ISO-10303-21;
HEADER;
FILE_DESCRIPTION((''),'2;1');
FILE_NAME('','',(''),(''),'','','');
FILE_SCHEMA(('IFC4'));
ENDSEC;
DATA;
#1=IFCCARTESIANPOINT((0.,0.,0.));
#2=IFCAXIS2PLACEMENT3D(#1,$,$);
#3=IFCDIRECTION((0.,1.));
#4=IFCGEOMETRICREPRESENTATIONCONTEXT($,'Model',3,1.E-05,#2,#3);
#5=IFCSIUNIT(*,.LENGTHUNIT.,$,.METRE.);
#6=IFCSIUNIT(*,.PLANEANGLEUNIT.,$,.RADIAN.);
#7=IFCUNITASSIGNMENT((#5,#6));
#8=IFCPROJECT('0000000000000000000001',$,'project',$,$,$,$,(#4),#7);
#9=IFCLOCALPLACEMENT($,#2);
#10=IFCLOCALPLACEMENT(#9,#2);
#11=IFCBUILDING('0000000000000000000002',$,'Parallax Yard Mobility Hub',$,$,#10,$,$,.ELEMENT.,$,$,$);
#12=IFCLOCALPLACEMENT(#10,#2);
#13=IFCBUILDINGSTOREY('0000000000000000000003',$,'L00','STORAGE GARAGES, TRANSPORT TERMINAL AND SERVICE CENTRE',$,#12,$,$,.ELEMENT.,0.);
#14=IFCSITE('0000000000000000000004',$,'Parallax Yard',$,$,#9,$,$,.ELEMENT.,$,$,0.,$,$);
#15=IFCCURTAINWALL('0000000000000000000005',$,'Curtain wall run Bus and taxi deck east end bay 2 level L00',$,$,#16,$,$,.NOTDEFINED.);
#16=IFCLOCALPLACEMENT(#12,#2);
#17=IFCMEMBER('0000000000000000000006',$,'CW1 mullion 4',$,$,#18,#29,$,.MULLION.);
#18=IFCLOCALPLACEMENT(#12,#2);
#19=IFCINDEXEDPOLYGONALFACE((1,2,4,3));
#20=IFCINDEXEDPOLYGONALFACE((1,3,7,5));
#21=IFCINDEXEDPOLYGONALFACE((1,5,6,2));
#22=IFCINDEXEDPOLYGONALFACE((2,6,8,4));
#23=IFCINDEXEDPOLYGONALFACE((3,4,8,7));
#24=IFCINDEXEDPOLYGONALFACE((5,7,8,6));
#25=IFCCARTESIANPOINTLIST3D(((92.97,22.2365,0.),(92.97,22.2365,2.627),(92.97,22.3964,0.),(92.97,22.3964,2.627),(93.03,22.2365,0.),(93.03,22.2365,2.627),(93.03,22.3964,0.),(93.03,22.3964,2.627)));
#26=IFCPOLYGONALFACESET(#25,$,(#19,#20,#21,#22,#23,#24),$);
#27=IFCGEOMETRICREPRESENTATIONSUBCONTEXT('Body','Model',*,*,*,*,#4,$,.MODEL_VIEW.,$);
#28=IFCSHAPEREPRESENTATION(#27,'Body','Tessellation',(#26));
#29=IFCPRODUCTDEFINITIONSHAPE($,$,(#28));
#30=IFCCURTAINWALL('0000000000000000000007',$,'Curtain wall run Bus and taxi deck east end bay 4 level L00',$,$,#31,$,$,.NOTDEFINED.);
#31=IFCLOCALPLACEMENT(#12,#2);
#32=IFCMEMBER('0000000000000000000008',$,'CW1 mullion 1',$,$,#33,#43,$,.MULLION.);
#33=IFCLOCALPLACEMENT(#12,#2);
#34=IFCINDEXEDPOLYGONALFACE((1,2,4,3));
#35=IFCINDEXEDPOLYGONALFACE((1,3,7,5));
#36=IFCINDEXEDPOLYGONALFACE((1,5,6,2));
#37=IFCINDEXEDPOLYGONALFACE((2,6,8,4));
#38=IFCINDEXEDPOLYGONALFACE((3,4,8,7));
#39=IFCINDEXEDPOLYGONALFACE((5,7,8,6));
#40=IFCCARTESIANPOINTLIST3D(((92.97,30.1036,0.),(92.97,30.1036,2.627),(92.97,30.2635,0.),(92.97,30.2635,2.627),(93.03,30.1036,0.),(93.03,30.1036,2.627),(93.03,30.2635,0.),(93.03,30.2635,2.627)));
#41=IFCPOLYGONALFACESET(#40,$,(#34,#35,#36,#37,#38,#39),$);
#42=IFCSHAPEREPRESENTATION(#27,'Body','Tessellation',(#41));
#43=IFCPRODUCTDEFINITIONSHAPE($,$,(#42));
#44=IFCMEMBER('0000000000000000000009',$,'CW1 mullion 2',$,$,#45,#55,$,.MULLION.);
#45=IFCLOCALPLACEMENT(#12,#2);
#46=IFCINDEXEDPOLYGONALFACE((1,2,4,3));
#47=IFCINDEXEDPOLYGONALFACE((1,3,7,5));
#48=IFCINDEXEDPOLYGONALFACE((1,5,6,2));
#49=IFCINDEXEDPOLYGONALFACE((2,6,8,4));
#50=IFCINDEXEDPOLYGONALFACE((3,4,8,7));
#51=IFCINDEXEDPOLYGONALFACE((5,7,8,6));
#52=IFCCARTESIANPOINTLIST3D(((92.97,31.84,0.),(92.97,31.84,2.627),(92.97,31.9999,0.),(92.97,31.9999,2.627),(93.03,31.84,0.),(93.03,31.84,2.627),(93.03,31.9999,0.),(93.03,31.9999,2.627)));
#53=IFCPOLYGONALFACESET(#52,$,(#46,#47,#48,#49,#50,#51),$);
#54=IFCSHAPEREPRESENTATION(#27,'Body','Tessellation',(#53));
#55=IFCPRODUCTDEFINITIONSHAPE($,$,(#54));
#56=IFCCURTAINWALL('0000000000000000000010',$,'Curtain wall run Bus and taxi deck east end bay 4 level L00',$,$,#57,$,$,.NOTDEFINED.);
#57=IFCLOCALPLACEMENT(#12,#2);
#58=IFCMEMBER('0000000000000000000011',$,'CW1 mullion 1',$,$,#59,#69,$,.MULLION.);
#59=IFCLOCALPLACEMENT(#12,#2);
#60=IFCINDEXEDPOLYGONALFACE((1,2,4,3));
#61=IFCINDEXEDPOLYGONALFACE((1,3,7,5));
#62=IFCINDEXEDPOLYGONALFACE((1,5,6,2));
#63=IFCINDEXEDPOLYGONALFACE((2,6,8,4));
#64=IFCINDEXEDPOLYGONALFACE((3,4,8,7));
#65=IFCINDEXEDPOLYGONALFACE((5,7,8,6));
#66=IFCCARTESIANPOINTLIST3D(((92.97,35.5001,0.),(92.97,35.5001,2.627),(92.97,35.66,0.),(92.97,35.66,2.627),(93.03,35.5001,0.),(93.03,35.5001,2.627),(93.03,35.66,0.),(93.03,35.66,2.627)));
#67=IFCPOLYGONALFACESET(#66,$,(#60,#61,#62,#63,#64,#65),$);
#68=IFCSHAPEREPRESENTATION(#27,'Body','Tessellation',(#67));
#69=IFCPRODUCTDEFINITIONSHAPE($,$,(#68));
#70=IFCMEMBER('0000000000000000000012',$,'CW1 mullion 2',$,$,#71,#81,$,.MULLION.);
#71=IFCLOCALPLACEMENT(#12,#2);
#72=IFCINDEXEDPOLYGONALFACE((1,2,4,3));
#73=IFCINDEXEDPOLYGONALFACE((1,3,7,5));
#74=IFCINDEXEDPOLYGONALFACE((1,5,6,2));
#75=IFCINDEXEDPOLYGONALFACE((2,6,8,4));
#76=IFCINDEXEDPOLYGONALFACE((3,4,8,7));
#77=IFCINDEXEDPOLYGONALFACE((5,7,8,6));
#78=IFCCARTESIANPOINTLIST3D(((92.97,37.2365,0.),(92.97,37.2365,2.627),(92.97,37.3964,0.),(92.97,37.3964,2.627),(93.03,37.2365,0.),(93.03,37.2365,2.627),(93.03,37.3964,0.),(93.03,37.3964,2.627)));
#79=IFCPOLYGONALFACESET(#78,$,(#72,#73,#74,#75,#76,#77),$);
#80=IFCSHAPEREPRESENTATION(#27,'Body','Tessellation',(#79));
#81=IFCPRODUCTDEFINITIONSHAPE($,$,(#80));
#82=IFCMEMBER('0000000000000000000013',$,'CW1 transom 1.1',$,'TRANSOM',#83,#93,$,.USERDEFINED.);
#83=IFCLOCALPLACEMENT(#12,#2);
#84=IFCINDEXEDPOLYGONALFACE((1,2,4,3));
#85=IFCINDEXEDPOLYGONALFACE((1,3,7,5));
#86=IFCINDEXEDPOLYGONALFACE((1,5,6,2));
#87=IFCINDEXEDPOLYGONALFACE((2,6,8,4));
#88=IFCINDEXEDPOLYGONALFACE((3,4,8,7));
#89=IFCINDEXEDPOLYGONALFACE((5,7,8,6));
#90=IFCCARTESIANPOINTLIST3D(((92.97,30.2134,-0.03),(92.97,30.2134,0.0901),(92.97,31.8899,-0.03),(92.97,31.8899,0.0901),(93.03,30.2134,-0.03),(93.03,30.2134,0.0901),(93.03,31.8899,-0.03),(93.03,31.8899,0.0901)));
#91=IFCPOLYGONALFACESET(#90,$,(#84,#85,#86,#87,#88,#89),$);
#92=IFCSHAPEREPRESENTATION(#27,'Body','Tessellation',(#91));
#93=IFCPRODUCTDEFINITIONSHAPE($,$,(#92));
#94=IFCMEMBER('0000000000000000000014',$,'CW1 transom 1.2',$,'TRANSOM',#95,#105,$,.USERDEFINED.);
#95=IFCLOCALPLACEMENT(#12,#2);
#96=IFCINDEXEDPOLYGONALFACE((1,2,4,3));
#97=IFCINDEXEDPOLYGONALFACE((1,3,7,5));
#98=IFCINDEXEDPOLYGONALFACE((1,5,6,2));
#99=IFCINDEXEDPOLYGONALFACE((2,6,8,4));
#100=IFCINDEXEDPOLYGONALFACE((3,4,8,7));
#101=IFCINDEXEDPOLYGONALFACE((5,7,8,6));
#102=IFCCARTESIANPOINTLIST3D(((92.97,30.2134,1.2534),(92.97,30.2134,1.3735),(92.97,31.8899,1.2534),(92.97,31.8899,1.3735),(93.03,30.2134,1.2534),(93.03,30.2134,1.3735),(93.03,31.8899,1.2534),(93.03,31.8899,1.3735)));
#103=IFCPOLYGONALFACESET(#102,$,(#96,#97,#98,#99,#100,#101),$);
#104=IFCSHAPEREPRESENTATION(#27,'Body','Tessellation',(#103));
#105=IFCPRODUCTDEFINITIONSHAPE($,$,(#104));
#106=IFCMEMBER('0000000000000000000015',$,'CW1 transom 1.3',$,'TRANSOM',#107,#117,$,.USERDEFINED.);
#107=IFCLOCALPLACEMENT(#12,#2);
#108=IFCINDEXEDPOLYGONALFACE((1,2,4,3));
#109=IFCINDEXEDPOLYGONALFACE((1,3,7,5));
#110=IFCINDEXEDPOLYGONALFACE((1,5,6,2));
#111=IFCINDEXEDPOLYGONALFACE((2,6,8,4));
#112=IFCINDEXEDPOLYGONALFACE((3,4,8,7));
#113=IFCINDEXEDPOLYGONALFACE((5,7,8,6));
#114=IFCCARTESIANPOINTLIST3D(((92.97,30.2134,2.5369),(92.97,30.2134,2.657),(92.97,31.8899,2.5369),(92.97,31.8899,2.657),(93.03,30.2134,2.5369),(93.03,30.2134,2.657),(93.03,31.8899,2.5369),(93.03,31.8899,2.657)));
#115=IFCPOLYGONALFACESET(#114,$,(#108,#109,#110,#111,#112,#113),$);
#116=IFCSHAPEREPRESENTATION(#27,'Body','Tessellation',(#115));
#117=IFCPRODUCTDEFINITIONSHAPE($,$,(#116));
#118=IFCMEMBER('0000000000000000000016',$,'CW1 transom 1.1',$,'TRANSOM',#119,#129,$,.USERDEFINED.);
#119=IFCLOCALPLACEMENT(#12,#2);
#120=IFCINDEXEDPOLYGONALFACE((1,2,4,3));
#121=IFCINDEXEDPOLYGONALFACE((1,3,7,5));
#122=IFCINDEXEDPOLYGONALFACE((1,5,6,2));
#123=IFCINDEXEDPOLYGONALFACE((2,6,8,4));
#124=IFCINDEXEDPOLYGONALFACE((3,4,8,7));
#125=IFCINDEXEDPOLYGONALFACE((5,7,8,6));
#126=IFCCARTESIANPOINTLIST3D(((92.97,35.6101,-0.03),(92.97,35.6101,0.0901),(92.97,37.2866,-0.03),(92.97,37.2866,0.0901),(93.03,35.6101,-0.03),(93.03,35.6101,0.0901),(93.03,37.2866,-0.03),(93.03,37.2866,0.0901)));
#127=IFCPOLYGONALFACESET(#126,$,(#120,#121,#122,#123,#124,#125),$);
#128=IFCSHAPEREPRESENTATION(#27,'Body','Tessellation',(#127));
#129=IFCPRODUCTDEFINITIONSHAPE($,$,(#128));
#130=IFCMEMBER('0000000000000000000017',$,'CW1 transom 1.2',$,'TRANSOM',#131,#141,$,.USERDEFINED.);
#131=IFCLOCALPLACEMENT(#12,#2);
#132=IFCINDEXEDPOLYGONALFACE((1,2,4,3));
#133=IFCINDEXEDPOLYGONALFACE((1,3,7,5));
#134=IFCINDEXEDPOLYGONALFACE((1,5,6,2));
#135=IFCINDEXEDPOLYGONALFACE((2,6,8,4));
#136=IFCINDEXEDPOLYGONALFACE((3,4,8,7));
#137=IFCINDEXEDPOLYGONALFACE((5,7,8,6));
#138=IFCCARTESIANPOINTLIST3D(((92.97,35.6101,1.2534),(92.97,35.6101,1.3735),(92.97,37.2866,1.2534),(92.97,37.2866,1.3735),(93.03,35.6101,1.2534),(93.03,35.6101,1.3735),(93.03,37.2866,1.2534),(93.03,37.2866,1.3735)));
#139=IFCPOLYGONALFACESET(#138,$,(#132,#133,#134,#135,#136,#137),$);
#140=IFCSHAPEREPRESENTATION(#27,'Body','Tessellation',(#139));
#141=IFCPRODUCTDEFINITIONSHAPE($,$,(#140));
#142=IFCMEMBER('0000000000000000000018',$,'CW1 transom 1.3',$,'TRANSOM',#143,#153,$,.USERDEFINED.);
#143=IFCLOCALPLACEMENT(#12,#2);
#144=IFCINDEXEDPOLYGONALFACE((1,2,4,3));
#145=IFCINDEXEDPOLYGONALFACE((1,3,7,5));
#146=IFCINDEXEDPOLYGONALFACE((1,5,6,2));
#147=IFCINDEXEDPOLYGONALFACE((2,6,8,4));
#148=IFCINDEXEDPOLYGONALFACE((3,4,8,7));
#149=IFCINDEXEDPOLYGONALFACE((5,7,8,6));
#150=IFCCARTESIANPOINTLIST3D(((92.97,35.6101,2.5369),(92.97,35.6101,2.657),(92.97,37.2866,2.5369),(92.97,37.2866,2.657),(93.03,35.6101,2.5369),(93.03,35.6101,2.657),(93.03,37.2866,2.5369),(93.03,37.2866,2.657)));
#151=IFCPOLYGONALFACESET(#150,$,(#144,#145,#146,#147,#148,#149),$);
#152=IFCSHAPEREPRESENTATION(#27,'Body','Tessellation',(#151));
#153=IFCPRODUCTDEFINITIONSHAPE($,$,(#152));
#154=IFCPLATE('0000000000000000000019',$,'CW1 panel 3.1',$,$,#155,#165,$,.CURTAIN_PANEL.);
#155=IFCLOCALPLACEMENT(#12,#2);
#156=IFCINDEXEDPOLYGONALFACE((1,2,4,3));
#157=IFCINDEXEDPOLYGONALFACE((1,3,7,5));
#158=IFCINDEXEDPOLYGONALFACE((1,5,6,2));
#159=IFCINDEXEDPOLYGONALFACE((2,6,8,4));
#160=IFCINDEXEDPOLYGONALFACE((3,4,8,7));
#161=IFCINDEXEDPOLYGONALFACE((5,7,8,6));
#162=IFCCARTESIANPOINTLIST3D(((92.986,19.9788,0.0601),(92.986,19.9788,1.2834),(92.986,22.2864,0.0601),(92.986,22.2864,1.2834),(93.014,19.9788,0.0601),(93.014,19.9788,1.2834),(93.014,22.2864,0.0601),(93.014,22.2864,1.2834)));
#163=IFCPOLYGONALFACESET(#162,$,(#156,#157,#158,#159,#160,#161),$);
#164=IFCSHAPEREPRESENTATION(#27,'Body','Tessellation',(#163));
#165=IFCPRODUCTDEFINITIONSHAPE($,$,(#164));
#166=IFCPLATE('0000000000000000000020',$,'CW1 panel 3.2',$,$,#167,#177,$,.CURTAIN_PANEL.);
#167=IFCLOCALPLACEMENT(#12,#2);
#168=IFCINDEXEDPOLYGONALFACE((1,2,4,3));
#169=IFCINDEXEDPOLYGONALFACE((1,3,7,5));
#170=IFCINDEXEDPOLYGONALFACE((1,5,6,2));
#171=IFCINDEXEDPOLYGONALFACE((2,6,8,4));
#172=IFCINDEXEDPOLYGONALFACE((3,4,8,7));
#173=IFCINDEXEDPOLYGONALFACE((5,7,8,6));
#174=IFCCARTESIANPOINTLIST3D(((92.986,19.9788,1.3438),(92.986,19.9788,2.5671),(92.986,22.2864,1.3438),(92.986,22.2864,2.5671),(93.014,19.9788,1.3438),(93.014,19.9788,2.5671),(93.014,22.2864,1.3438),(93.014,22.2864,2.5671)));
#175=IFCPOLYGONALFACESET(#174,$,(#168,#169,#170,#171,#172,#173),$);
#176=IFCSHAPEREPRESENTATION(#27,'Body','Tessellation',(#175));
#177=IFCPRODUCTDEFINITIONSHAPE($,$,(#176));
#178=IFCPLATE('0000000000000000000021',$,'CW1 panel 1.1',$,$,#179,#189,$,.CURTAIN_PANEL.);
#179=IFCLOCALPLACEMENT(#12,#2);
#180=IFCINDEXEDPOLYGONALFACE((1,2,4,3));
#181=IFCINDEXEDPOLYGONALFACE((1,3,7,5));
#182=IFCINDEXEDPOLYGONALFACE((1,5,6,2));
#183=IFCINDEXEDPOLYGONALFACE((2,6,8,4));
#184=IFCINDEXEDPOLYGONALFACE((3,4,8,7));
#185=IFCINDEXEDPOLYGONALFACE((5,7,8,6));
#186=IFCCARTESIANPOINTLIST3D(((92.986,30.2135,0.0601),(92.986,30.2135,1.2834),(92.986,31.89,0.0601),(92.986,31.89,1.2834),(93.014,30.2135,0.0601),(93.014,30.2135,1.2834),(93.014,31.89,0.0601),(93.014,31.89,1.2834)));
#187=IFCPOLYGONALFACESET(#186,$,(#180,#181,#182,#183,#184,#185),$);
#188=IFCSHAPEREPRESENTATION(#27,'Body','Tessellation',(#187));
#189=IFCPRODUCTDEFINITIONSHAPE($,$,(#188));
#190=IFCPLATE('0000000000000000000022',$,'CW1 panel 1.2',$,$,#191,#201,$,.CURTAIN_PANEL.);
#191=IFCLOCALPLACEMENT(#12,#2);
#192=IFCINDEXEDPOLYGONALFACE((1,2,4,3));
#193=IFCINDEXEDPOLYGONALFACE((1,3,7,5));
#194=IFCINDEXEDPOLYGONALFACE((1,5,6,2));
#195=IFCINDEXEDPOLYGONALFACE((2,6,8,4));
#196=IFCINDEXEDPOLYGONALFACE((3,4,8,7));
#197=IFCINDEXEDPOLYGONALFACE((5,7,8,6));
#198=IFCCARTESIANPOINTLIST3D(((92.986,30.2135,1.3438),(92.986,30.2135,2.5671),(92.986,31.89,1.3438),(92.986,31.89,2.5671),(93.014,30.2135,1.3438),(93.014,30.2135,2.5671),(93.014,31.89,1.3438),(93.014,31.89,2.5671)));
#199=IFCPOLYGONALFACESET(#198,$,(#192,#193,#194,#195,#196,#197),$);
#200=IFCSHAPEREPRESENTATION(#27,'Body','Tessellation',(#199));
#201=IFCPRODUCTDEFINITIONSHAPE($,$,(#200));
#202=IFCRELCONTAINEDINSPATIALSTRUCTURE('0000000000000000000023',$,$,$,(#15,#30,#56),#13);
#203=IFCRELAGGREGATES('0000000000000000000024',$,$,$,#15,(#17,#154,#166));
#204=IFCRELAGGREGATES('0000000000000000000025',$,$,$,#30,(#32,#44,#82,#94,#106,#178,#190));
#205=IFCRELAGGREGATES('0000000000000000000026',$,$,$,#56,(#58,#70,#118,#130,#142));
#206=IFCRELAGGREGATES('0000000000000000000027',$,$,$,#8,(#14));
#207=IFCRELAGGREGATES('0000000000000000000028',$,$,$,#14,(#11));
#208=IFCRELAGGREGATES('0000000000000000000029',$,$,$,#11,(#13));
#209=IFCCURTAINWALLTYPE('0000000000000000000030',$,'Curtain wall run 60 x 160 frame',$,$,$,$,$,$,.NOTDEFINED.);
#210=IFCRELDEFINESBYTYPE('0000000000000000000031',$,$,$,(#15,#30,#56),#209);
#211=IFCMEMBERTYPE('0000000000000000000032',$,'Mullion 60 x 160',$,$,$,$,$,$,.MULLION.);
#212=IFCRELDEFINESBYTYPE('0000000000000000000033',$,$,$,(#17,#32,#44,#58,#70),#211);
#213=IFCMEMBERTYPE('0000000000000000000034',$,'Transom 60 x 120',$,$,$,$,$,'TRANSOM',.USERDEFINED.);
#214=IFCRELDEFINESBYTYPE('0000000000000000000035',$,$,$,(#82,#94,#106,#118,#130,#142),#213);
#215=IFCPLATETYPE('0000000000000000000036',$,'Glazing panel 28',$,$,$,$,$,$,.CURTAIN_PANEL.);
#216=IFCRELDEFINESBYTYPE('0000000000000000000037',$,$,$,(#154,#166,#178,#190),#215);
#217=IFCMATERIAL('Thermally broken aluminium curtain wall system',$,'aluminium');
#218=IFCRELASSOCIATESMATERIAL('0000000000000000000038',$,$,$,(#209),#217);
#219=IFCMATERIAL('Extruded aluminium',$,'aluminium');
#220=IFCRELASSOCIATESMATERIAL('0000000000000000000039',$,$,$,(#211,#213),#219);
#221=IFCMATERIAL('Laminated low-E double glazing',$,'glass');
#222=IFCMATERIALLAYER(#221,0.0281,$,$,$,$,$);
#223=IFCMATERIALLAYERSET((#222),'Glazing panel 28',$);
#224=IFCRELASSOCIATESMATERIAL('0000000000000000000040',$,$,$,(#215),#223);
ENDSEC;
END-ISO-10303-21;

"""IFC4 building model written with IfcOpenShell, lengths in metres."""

from ifc_helpers import new_model, si_unit, direction, frame, origin, origin_2d, place, context, subcontext, project, spatial, rectangle, extrude, material, layer, layer_set, material_profile, profile_set, type_object, element, aggregate, save


model = new_model("IFC4")

# Units and contexts
model_context = context("Model", 3, precision=1e-05, world=origin(), true_north=direction((0.0, 1.0)))
body_context = subcontext(model_context, "Body", "Model", "MODEL_VIEW")
ifc_project = project(units=[si_unit("LENGTHUNIT", "METRE"), si_unit("PLANEANGLEUNIT", "RADIAN")], contexts=[model_context])

# Site, building, storey
site_placement = place(None, origin())
site = spatial("IfcSite", under=ifc_project, at=site_placement, Name="Parallax Yard", CompositionType="ELEMENT", RefElevation=0.0)
building_placement = place(site_placement, origin())
building = spatial("IfcBuilding", under=site, at=building_placement, Name="Parallax Yard Mobility Hub", CompositionType="ELEMENT")
storey_placement = place(building_placement, origin())
storey = spatial("IfcBuildingStorey", under=building, at=storey_placement, Name="L00", Description="STORAGE GARAGES, TRANSPORT TERMINAL AND SERVICE CENTRE", CompositionType="ELEMENT", Elevation=0.0)

# Curtain wall, member
ifc_material_1 = material(Name="Thermally broken aluminium curtain wall system", Category="aluminium")
curtain_wall_type = type_object("IfcCurtainWallType", Name="Curtain wall run 60 x 160 frame", PredefinedType="NOTDEFINED", material=ifc_material_1)
curtain_wall_1_placement = place(storey_placement, origin())
curtain_wall_1 = element("IfcCurtainWall", 1, at=curtain_wall_1_placement, inside=storey, type_object=curtain_wall_type, Name="Curtain wall run Bus and taxi deck east end bay 2 level L00", PredefinedType="NOTDEFINED")
ifc_material_2 = material(Name="Extruded aluminium", Category="aluminium")
ifc_material_profile_1 = material_profile(ifc_material_2, rectangle(XDim=0.0601, YDim=0.1599, at=origin_2d()), Name="Mullion 60 x 160")
ifc_profile_set_1 = profile_set([ifc_material_profile_1], Name="Extruded aluminium")
member_type_1 = type_object("IfcMemberType", Name="Mullion 60 x 160", PredefinedType="MULLION", material=ifc_profile_set_1)
member_1_placement = place(storey_placement, frame((93.0, 22.3164, 0.0), z_axis=(0.0, 0.0, 1.0), x_axis=(-1.0, 0.0, 0.0)))
member_1 = element("IfcMember", 2, at=member_1_placement, type_object=member_type_1, Name="CW1 mullion 4", PredefinedType="MULLION", context=body_context, shape_type="SweptSolid", body=[
    extrude(rectangle(XDim=0.0601, YDim=0.1599, at=origin_2d()), origin(), (0.0, 0.0, 1.0), 2.627),
])

# Curtain walls, members
curtain_wall_2_placement = place(storey_placement, origin())
curtain_wall_2 = element("IfcCurtainWall", 3, at=curtain_wall_2_placement, inside=storey, type_object=curtain_wall_type, Name="Curtain wall run Bus and taxi deck east end bay 4 level L00", PredefinedType="NOTDEFINED")
member_2_placement = place(storey_placement, frame((93.0, 30.1836, 0.0), z_axis=(0.0, 0.0, 1.0), x_axis=(-1.0, 0.0, 0.0)))
member_2 = element("IfcMember", 4, at=member_2_placement, type_object=member_type_1, Name="CW1 mullion 1", PredefinedType="MULLION", context=body_context, shape_type="SweptSolid", body=[
    extrude(rectangle(XDim=0.0601, YDim=0.1599, at=origin_2d()), origin(), (0.0, 0.0, 1.0), 2.627),
])
member_3_placement = place(storey_placement, frame((93.0, 31.9199, 0.0), z_axis=(0.0, 0.0, 1.0), x_axis=(-1.0, 0.0, 0.0)))
member_3 = element("IfcMember", 5, at=member_3_placement, type_object=member_type_1, Name="CW1 mullion 2", PredefinedType="MULLION", context=body_context, shape_type="SweptSolid", body=[
    extrude(rectangle(XDim=0.0601, YDim=0.1599, at=origin_2d()), origin(), (0.0, 0.0, 1.0), 2.627),
])
curtain_wall_3_placement = place(storey_placement, origin())
curtain_wall_3 = element("IfcCurtainWall", 6, at=curtain_wall_3_placement, inside=storey, type_object=curtain_wall_type, Name="Curtain wall run Bus and taxi deck east end bay 4 level L00", PredefinedType="NOTDEFINED")
member_4_placement = place(storey_placement, frame((93.0, 35.5801, 0.0), z_axis=(0.0, 0.0, 1.0), x_axis=(-1.0, 0.0, 0.0)))
member_4 = element("IfcMember", 7, at=member_4_placement, type_object=member_type_1, Name="CW1 mullion 1", PredefinedType="MULLION", context=body_context, shape_type="SweptSolid", body=[
    extrude(rectangle(XDim=0.0601, YDim=0.1599, at=origin_2d()), origin(), (0.0, 0.0, 1.0), 2.627),
])
member_5_placement = place(storey_placement, frame((93.0, 37.3164, 0.0), z_axis=(0.0, 0.0, 1.0), x_axis=(-1.0, 0.0, 0.0)))
member_5 = element("IfcMember", 8, at=member_5_placement, type_object=member_type_1, Name="CW1 mullion 2", PredefinedType="MULLION", context=body_context, shape_type="SweptSolid", body=[
    extrude(rectangle(XDim=0.0601, YDim=0.1599, at=origin_2d()), origin(), (0.0, 0.0, 1.0), 2.627),
])

# Members
ifc_material_profile_2 = material_profile(ifc_material_2, rectangle(XDim=0.0601, YDim=0.1201, at=origin_2d()), Name="Transom 60 x 120")
ifc_profile_set_2 = profile_set([ifc_material_profile_2], Name="Extruded aluminium")
member_type_2 = type_object("IfcMemberType", Name="Transom 60 x 120", ElementType="TRANSOM", PredefinedType="USERDEFINED", material=ifc_profile_set_2)
member_6_placement = place(storey_placement, frame((93.0, 30.2134, 0.03), z_axis=(0.0, 1.0, 0.0), x_axis=(-1.0, 0.0, 0.0)))
member_6 = element("IfcMember", 9, at=member_6_placement, type_object=member_type_2, Name="CW1 transom 1.1", ObjectType="TRANSOM", PredefinedType="USERDEFINED", context=body_context, shape_type="SweptSolid", body=[
    extrude(rectangle(XDim=0.0601, YDim=0.1201, at=origin_2d()), origin(), (0.0, 0.0, 1.0), 1.6765),
])
member_7_placement = place(storey_placement, frame((93.0, 30.2134, 1.3135), z_axis=(0.0, 1.0, 0.0), x_axis=(-1.0, 0.0, 0.0)))
member_7 = element("IfcMember", 10, at=member_7_placement, type_object=member_type_2, Name="CW1 transom 1.2", ObjectType="TRANSOM", PredefinedType="USERDEFINED", context=body_context, shape_type="SweptSolid", body=[
    extrude(rectangle(XDim=0.0601, YDim=0.1201, at=origin_2d()), origin(), (0.0, 0.0, 1.0), 1.6765),
])
member_8_placement = place(storey_placement, frame((93.0, 30.2134, 2.5969), z_axis=(0.0, 1.0, 0.0), x_axis=(-1.0, 0.0, 0.0)))
member_8 = element("IfcMember", 11, at=member_8_placement, type_object=member_type_2, Name="CW1 transom 1.3", ObjectType="TRANSOM", PredefinedType="USERDEFINED", context=body_context, shape_type="SweptSolid", body=[
    extrude(rectangle(XDim=0.0601, YDim=0.1201, at=origin_2d()), origin(), (0.0, 0.0, 1.0), 1.6765),
])
member_9_placement = place(storey_placement, frame((93.0, 35.6101, 0.03), z_axis=(0.0, 1.0, 0.0), x_axis=(-1.0, 0.0, 0.0)))
member_9 = element("IfcMember", 12, at=member_9_placement, type_object=member_type_2, Name="CW1 transom 1.1", ObjectType="TRANSOM", PredefinedType="USERDEFINED", context=body_context, shape_type="SweptSolid", body=[
    extrude(rectangle(XDim=0.0601, YDim=0.1201, at=origin_2d()), origin(), (0.0, 0.0, 1.0), 1.6765),
])
member_10_placement = place(storey_placement, frame((93.0, 35.6101, 1.3135), z_axis=(0.0, 1.0, 0.0), x_axis=(-1.0, 0.0, 0.0)))
member_10 = element("IfcMember", 13, at=member_10_placement, type_object=member_type_2, Name="CW1 transom 1.2", ObjectType="TRANSOM", PredefinedType="USERDEFINED", context=body_context, shape_type="SweptSolid", body=[
    extrude(rectangle(XDim=0.0601, YDim=0.1201, at=origin_2d()), origin(), (0.0, 0.0, 1.0), 1.6765),
])
member_11_placement = place(storey_placement, frame((93.0, 35.6101, 2.5969), z_axis=(0.0, 1.0, 0.0), x_axis=(-1.0, 0.0, 0.0)))
member_11 = element("IfcMember", 14, at=member_11_placement, type_object=member_type_2, Name="CW1 transom 1.3", ObjectType="TRANSOM", PredefinedType="USERDEFINED", context=body_context, shape_type="SweptSolid", body=[
    extrude(rectangle(XDim=0.0601, YDim=0.1201, at=origin_2d()), origin(), (0.0, 0.0, 1.0), 1.6765),
])

# Plates
ifc_material_3 = material(Name="Laminated low-E double glazing", Category="glass")
ifc_layer_1 = layer(ifc_material_3, 0.0281)
ifc_layer_set_1 = layer_set([ifc_layer_1], Name="Glazing panel 28")
plate_type = type_object("IfcPlateType", Name="Glazing panel 28", PredefinedType="CURTAIN_PANEL", material=ifc_layer_set_1)
plate_1_placement = place(storey_placement, frame((93.0, 21.1326, 0.0601), z_axis=(0.0, 0.0, 1.0), x_axis=(0.0, 1.0, 0.0)))
plate_1 = element("IfcPlate", 15, at=plate_1_placement, type_object=plate_type, Name="CW1 panel 3.1", PredefinedType="CURTAIN_PANEL", context=body_context, shape_type="SweptSolid", body=[
    extrude(rectangle(XDim=2.3076, YDim=0.0281, at=origin_2d()), origin(), (0.0, 0.0, 1.0), 1.2234),
])
plate_2_placement = place(storey_placement, frame((93.0, 21.1326, 1.3438), z_axis=(0.0, 0.0, 1.0), x_axis=(0.0, 1.0, 0.0)))
plate_2 = element("IfcPlate", 16, at=plate_2_placement, type_object=plate_type, Name="CW1 panel 3.2", PredefinedType="CURTAIN_PANEL", context=body_context, shape_type="SweptSolid", body=[
    extrude(rectangle(XDim=2.3076, YDim=0.0281, at=origin_2d()), origin(), (0.0, 0.0, 1.0), 1.2234),
])
aggregate(curtain_wall_1, [member_1, plate_1, plate_2])
plate_3_placement = place(storey_placement, frame((93.0, 31.0518, 0.0601), z_axis=(0.0, 0.0, 1.0), x_axis=(0.0, 1.0, 0.0)))
plate_3 = element("IfcPlate", 17, at=plate_3_placement, type_object=plate_type, Name="CW1 panel 1.1", PredefinedType="CURTAIN_PANEL", context=body_context, shape_type="SweptSolid", body=[
    extrude(rectangle(XDim=1.6765, YDim=0.0281, at=origin_2d()), origin(), (0.0, 0.0, 1.0), 1.2234),
])
plate_4_placement = place(storey_placement, frame((93.0, 31.0518, 1.3438), z_axis=(0.0, 0.0, 1.0), x_axis=(0.0, 1.0, 0.0)))
plate_4 = element("IfcPlate", 18, at=plate_4_placement, type_object=plate_type, Name="CW1 panel 1.2", PredefinedType="CURTAIN_PANEL", context=body_context, shape_type="SweptSolid", body=[
    extrude(rectangle(XDim=1.6765, YDim=0.0281, at=origin_2d()), origin(), (0.0, 0.0, 1.0), 1.2234),
])
aggregate(curtain_wall_2, [member_2, member_3, member_6, member_7, member_8, plate_3, plate_4])
aggregate(curtain_wall_3, [member_4, member_5, member_9, member_10, member_11])

save(model, "model.ifc")
